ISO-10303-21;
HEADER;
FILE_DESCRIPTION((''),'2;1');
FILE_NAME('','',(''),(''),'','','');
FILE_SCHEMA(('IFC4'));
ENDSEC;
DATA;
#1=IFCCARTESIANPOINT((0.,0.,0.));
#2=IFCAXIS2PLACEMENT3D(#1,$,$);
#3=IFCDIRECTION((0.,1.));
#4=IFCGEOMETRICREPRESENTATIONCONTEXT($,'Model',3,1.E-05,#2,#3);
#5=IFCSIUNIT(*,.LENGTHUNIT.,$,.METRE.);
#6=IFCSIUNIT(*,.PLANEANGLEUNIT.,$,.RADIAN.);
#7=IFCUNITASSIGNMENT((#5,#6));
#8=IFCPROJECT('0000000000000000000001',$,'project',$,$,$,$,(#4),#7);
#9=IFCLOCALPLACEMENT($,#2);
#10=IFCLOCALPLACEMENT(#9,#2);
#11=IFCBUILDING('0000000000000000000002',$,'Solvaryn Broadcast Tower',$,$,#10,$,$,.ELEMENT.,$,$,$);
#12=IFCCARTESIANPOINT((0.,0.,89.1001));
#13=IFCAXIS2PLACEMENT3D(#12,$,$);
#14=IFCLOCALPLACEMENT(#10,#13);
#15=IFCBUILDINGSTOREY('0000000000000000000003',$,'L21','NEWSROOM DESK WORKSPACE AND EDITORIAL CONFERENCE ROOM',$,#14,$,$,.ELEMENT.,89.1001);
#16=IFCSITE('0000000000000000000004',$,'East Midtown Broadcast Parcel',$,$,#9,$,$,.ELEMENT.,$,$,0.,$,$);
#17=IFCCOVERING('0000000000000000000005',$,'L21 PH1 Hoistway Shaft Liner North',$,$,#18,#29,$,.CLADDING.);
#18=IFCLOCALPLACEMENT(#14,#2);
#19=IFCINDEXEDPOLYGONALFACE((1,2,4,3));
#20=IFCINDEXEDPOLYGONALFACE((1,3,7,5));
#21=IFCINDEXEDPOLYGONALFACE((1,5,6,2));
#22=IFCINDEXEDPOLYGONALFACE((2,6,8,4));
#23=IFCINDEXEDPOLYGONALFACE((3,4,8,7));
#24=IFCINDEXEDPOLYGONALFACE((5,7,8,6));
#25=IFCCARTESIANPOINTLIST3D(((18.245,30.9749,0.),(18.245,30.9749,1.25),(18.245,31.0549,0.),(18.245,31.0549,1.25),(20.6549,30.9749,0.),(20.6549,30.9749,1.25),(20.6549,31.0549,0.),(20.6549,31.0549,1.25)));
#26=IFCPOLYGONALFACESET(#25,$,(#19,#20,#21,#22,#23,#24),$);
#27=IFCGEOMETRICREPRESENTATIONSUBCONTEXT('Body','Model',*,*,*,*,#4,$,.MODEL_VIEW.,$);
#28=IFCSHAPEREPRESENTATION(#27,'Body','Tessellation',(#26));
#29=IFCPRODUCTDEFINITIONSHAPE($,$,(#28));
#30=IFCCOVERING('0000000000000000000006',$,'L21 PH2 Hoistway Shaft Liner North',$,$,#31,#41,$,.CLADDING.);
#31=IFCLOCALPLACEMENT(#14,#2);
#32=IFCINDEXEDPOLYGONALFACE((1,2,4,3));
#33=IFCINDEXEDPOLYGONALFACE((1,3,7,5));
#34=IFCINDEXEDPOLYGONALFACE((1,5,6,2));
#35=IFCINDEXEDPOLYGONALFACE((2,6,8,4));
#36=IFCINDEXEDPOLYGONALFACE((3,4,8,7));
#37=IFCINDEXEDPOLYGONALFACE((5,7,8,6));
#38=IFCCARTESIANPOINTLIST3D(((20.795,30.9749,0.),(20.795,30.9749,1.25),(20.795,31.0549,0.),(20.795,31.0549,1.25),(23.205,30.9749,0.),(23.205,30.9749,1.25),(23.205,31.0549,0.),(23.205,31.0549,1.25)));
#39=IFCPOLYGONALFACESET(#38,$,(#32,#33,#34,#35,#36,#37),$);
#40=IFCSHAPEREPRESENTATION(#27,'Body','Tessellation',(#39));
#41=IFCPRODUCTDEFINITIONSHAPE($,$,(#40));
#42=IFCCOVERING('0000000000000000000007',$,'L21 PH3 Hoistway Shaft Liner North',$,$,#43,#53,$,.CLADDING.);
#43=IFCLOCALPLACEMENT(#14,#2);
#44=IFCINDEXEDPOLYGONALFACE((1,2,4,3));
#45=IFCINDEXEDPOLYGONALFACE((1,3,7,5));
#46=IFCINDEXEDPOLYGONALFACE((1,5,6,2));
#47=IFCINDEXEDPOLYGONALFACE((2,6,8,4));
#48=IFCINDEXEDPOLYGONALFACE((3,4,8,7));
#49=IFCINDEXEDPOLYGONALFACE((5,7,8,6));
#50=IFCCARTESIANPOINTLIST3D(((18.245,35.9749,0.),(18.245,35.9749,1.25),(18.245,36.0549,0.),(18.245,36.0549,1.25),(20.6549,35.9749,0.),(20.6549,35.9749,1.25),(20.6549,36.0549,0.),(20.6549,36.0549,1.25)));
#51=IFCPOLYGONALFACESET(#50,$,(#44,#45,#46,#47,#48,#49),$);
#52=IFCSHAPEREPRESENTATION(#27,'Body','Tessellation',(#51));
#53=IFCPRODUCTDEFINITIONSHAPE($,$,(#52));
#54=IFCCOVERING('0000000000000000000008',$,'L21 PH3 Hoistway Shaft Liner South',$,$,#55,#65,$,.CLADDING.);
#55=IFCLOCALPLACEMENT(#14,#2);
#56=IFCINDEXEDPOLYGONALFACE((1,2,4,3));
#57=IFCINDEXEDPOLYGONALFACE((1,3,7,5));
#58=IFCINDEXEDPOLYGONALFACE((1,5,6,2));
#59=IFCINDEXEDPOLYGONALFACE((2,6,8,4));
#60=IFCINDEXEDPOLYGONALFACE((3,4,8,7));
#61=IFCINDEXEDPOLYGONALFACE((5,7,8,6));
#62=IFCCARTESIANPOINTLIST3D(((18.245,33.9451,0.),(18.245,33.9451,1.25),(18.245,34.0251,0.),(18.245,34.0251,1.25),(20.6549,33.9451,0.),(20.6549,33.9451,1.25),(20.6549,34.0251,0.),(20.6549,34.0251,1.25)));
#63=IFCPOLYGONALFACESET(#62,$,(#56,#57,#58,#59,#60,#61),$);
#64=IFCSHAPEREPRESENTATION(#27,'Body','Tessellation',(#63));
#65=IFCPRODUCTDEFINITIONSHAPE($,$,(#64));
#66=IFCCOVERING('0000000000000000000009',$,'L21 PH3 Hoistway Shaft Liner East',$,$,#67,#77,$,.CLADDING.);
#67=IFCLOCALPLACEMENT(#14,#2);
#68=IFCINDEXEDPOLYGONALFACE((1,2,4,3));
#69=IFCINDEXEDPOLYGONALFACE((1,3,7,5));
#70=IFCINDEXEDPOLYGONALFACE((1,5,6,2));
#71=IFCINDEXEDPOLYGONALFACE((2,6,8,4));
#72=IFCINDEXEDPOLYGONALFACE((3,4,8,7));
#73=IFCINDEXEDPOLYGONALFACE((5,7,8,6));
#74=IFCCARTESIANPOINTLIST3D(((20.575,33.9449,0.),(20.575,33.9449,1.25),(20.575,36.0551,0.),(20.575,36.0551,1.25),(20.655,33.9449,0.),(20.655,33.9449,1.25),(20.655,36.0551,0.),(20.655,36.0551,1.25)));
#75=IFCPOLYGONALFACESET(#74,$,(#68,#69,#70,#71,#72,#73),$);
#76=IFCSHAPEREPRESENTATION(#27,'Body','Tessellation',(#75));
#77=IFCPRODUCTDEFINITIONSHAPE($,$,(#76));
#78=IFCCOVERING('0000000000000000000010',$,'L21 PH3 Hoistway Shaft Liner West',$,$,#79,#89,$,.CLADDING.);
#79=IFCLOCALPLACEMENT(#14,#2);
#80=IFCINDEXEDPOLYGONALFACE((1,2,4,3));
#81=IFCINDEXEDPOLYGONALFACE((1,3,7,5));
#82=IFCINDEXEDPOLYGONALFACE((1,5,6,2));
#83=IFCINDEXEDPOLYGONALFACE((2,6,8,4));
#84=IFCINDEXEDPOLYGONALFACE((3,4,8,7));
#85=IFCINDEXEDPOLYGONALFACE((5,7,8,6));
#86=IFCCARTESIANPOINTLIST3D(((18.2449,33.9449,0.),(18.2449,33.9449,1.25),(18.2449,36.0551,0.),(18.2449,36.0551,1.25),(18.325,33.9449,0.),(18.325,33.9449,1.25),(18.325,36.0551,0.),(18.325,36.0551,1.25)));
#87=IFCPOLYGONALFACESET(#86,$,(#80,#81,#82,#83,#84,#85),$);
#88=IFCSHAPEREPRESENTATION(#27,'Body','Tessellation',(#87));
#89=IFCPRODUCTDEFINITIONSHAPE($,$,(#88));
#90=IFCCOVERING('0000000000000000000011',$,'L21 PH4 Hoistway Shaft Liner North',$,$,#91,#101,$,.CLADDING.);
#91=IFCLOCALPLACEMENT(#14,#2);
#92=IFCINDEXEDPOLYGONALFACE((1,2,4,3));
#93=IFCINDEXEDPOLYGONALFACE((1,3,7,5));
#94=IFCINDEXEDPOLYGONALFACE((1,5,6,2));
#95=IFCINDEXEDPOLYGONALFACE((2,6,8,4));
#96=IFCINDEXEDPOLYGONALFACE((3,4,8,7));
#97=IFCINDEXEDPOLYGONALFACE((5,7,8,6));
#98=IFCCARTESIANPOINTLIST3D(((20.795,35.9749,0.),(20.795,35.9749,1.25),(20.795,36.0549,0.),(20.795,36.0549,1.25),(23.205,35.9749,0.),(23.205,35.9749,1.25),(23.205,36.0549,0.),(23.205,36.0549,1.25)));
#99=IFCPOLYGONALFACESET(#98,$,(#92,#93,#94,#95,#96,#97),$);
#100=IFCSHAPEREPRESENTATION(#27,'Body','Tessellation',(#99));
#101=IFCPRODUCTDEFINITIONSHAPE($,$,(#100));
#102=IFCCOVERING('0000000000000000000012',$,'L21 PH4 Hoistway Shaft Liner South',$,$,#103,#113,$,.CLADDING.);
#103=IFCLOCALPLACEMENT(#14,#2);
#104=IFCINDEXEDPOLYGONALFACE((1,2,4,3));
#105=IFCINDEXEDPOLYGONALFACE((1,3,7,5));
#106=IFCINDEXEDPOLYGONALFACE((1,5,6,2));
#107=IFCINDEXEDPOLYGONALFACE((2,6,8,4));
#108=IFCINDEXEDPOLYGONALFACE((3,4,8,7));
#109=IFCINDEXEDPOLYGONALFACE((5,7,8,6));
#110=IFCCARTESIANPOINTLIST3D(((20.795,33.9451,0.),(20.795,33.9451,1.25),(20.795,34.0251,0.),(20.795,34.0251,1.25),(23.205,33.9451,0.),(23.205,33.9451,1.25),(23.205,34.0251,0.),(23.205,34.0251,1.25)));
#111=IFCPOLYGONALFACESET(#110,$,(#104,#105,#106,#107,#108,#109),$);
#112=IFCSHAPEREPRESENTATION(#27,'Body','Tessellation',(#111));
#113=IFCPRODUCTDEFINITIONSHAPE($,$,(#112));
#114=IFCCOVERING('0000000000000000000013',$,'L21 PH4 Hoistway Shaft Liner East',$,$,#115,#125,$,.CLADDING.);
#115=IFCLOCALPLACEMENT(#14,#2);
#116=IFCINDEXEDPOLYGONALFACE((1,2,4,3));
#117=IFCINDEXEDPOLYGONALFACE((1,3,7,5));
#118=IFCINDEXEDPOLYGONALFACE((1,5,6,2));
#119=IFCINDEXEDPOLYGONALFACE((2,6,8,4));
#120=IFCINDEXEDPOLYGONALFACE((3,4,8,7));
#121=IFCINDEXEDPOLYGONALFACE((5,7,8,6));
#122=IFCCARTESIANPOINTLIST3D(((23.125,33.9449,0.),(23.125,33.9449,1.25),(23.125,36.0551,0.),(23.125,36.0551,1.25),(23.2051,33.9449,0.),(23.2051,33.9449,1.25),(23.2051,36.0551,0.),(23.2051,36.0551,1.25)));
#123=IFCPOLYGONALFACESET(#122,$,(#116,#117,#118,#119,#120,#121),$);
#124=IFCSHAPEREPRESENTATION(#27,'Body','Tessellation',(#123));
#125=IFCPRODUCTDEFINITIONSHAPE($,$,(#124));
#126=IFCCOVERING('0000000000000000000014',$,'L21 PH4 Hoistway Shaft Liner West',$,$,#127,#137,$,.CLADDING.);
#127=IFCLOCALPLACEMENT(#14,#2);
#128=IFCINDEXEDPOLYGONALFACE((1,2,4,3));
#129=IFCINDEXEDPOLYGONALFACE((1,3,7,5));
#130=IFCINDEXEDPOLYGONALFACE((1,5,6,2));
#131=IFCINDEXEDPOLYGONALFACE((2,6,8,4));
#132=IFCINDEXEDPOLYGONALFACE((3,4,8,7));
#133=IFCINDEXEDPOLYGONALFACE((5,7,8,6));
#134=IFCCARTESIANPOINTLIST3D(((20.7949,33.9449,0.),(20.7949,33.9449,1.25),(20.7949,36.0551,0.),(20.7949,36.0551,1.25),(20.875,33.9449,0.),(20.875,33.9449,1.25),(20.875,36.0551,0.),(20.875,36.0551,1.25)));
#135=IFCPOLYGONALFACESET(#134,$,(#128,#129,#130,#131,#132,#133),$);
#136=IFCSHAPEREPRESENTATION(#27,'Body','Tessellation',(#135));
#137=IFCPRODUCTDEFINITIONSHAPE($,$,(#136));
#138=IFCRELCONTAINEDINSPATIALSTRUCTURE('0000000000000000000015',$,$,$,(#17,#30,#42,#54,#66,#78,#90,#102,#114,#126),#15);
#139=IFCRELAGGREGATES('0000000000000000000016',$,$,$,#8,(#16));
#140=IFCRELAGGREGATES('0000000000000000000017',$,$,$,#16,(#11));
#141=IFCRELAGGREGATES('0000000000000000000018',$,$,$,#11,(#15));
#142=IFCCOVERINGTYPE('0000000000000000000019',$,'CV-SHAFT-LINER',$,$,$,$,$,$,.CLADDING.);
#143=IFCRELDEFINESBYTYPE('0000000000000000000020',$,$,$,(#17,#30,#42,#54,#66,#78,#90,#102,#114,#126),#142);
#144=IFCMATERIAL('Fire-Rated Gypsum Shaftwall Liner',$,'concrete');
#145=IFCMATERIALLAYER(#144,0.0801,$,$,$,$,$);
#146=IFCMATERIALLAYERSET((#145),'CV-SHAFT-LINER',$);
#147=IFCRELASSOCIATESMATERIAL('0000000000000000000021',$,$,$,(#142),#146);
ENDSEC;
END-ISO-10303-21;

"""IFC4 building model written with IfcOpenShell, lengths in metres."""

from ifc_helpers import new_model, si_unit, direction, frame, origin, origin_2d, place, context, subcontext, project, spatial, rectangle, extrude, material, layer, layer_set, type_object, element, save


model = new_model("IFC4")

# Units and contexts
model_context = context("Model", 3, precision=1e-05, world=origin(), true_north=direction((0.0, 1.0)))
body_context = subcontext(model_context, "Body", "Model", "MODEL_VIEW")
ifc_project = project(units=[si_unit("LENGTHUNIT", "METRE"), si_unit("PLANEANGLEUNIT", "RADIAN")], contexts=[model_context])

# Site, building, storey
site_placement = place(None, origin())
site = spatial("IfcSite", under=ifc_project, at=site_placement, Name="East Midtown Broadcast Parcel", CompositionType="ELEMENT", RefElevation=0.0)
building_placement = place(site_placement, origin())
building = spatial("IfcBuilding", under=site, at=building_placement, Name="Solvaryn Broadcast Tower", CompositionType="ELEMENT")
storey_placement = place(building_placement, frame((0.0, 0.0, 89.1001)))
storey = spatial("IfcBuildingStorey", under=building, at=storey_placement, Name="L21", Description="NEWSROOM DESK WORKSPACE AND EDITORIAL CONFERENCE ROOM", CompositionType="ELEMENT", Elevation=89.1001)

# Coverings
ifc_material_1 = material(Name="Fire-Rated Gypsum Shaftwall Liner", Category="concrete")
ifc_layer_1 = layer(ifc_material_1, 0.0801)
ifc_layer_set_1 = layer_set([ifc_layer_1], Name="CV-SHAFT-LINER")
covering_type = type_object("IfcCoveringType", Name="CV-SHAFT-LINER", PredefinedType="CLADDING", material=ifc_layer_set_1)
for number, where, z_axis, x_axis, name in (
    (1, (19.45, 31.0149, 0.0), (0.0, 0.0, 1.0), (1.0, 0.0, 0.0), "L21 PH1 Hoistway Shaft Liner North"),
    (2, (22.0, 31.0149, 0.0), (0.0, 0.0, 1.0), (1.0, 0.0, 0.0), "L21 PH2 Hoistway Shaft Liner North"),
    (3, (19.45, 36.0149, 0.0), (0.0, 0.0, 1.0), (1.0, 0.0, 0.0), "L21 PH3 Hoistway Shaft Liner North"),
    (4, (19.45, 33.9851, 0.0), (0.0, 0.0, 1.0), (1.0, 0.0, 0.0), "L21 PH3 Hoistway Shaft Liner South"),
):
    element("IfcCovering", number, at=place(storey_placement, frame(where, z_axis=z_axis, x_axis=x_axis)), inside=storey, type_object=covering_type, Name=name, PredefinedType="CLADDING", context=body_context, shape_type="SweptSolid", body=[
        extrude(rectangle(XDim=2.4099, YDim=0.0801, at=origin_2d()), origin(), (0.0, 0.0, 1.0), 1.25),
    ])
for number, where, z_axis, x_axis, name in (
    (5, (20.615, 35.0, 0.0), (0.0, 0.0, 1.0), (1.0, 0.0, 0.0), "L21 PH3 Hoistway Shaft Liner East"),
    (6, (18.2849, 35.0, 0.0), (0.0, 0.0, 1.0), (1.0, 0.0, 0.0), "L21 PH3 Hoistway Shaft Liner West"),
):
    element("IfcCovering", number, at=place(storey_placement, frame(where, z_axis=z_axis, x_axis=x_axis)), inside=storey, type_object=covering_type, Name=name, PredefinedType="CLADDING", context=body_context, shape_type="SweptSolid", body=[
        extrude(rectangle(XDim=0.0801, YDim=2.1101, at=origin_2d()), origin(), (0.0, 0.0, 1.0), 1.25),
    ])
for number, where, z_axis, x_axis, name in (
    (7, (22.0, 36.0149, 0.0), (0.0, 0.0, 1.0), (1.0, 0.0, 0.0), "L21 PH4 Hoistway Shaft Liner North"),
    (8, (22.0, 33.9851, 0.0), (0.0, 0.0, 1.0), (1.0, 0.0, 0.0), "L21 PH4 Hoistway Shaft Liner South"),
):
    element("IfcCovering", number, at=place(storey_placement, frame(where, z_axis=z_axis, x_axis=x_axis)), inside=storey, type_object=covering_type, Name=name, PredefinedType="CLADDING", context=body_context, shape_type="SweptSolid", body=[
        extrude(rectangle(XDim=2.4099, YDim=0.0801, at=origin_2d()), origin(), (0.0, 0.0, 1.0), 1.25),
    ])
for number, where, z_axis, x_axis, name in (
    (9, (23.165, 35.0, 0.0), (0.0, 0.0, 1.0), (1.0, 0.0, 0.0), "L21 PH4 Hoistway Shaft Liner East"),
    (10, (20.835, 35.0, 0.0), (0.0, 0.0, 1.0), (1.0, 0.0, 0.0), "L21 PH4 Hoistway Shaft Liner West"),
):
    element("IfcCovering", number, at=place(storey_placement, frame(where, z_axis=z_axis, x_axis=x_axis)), inside=storey, type_object=covering_type, Name=name, PredefinedType="CLADDING", context=body_context, shape_type="SweptSolid", body=[
        extrude(rectangle(XDim=0.0801, YDim=2.1101, at=origin_2d()), origin(), (0.0, 0.0, 1.0), 1.25),
    ])

save(model, "model.ifc")
